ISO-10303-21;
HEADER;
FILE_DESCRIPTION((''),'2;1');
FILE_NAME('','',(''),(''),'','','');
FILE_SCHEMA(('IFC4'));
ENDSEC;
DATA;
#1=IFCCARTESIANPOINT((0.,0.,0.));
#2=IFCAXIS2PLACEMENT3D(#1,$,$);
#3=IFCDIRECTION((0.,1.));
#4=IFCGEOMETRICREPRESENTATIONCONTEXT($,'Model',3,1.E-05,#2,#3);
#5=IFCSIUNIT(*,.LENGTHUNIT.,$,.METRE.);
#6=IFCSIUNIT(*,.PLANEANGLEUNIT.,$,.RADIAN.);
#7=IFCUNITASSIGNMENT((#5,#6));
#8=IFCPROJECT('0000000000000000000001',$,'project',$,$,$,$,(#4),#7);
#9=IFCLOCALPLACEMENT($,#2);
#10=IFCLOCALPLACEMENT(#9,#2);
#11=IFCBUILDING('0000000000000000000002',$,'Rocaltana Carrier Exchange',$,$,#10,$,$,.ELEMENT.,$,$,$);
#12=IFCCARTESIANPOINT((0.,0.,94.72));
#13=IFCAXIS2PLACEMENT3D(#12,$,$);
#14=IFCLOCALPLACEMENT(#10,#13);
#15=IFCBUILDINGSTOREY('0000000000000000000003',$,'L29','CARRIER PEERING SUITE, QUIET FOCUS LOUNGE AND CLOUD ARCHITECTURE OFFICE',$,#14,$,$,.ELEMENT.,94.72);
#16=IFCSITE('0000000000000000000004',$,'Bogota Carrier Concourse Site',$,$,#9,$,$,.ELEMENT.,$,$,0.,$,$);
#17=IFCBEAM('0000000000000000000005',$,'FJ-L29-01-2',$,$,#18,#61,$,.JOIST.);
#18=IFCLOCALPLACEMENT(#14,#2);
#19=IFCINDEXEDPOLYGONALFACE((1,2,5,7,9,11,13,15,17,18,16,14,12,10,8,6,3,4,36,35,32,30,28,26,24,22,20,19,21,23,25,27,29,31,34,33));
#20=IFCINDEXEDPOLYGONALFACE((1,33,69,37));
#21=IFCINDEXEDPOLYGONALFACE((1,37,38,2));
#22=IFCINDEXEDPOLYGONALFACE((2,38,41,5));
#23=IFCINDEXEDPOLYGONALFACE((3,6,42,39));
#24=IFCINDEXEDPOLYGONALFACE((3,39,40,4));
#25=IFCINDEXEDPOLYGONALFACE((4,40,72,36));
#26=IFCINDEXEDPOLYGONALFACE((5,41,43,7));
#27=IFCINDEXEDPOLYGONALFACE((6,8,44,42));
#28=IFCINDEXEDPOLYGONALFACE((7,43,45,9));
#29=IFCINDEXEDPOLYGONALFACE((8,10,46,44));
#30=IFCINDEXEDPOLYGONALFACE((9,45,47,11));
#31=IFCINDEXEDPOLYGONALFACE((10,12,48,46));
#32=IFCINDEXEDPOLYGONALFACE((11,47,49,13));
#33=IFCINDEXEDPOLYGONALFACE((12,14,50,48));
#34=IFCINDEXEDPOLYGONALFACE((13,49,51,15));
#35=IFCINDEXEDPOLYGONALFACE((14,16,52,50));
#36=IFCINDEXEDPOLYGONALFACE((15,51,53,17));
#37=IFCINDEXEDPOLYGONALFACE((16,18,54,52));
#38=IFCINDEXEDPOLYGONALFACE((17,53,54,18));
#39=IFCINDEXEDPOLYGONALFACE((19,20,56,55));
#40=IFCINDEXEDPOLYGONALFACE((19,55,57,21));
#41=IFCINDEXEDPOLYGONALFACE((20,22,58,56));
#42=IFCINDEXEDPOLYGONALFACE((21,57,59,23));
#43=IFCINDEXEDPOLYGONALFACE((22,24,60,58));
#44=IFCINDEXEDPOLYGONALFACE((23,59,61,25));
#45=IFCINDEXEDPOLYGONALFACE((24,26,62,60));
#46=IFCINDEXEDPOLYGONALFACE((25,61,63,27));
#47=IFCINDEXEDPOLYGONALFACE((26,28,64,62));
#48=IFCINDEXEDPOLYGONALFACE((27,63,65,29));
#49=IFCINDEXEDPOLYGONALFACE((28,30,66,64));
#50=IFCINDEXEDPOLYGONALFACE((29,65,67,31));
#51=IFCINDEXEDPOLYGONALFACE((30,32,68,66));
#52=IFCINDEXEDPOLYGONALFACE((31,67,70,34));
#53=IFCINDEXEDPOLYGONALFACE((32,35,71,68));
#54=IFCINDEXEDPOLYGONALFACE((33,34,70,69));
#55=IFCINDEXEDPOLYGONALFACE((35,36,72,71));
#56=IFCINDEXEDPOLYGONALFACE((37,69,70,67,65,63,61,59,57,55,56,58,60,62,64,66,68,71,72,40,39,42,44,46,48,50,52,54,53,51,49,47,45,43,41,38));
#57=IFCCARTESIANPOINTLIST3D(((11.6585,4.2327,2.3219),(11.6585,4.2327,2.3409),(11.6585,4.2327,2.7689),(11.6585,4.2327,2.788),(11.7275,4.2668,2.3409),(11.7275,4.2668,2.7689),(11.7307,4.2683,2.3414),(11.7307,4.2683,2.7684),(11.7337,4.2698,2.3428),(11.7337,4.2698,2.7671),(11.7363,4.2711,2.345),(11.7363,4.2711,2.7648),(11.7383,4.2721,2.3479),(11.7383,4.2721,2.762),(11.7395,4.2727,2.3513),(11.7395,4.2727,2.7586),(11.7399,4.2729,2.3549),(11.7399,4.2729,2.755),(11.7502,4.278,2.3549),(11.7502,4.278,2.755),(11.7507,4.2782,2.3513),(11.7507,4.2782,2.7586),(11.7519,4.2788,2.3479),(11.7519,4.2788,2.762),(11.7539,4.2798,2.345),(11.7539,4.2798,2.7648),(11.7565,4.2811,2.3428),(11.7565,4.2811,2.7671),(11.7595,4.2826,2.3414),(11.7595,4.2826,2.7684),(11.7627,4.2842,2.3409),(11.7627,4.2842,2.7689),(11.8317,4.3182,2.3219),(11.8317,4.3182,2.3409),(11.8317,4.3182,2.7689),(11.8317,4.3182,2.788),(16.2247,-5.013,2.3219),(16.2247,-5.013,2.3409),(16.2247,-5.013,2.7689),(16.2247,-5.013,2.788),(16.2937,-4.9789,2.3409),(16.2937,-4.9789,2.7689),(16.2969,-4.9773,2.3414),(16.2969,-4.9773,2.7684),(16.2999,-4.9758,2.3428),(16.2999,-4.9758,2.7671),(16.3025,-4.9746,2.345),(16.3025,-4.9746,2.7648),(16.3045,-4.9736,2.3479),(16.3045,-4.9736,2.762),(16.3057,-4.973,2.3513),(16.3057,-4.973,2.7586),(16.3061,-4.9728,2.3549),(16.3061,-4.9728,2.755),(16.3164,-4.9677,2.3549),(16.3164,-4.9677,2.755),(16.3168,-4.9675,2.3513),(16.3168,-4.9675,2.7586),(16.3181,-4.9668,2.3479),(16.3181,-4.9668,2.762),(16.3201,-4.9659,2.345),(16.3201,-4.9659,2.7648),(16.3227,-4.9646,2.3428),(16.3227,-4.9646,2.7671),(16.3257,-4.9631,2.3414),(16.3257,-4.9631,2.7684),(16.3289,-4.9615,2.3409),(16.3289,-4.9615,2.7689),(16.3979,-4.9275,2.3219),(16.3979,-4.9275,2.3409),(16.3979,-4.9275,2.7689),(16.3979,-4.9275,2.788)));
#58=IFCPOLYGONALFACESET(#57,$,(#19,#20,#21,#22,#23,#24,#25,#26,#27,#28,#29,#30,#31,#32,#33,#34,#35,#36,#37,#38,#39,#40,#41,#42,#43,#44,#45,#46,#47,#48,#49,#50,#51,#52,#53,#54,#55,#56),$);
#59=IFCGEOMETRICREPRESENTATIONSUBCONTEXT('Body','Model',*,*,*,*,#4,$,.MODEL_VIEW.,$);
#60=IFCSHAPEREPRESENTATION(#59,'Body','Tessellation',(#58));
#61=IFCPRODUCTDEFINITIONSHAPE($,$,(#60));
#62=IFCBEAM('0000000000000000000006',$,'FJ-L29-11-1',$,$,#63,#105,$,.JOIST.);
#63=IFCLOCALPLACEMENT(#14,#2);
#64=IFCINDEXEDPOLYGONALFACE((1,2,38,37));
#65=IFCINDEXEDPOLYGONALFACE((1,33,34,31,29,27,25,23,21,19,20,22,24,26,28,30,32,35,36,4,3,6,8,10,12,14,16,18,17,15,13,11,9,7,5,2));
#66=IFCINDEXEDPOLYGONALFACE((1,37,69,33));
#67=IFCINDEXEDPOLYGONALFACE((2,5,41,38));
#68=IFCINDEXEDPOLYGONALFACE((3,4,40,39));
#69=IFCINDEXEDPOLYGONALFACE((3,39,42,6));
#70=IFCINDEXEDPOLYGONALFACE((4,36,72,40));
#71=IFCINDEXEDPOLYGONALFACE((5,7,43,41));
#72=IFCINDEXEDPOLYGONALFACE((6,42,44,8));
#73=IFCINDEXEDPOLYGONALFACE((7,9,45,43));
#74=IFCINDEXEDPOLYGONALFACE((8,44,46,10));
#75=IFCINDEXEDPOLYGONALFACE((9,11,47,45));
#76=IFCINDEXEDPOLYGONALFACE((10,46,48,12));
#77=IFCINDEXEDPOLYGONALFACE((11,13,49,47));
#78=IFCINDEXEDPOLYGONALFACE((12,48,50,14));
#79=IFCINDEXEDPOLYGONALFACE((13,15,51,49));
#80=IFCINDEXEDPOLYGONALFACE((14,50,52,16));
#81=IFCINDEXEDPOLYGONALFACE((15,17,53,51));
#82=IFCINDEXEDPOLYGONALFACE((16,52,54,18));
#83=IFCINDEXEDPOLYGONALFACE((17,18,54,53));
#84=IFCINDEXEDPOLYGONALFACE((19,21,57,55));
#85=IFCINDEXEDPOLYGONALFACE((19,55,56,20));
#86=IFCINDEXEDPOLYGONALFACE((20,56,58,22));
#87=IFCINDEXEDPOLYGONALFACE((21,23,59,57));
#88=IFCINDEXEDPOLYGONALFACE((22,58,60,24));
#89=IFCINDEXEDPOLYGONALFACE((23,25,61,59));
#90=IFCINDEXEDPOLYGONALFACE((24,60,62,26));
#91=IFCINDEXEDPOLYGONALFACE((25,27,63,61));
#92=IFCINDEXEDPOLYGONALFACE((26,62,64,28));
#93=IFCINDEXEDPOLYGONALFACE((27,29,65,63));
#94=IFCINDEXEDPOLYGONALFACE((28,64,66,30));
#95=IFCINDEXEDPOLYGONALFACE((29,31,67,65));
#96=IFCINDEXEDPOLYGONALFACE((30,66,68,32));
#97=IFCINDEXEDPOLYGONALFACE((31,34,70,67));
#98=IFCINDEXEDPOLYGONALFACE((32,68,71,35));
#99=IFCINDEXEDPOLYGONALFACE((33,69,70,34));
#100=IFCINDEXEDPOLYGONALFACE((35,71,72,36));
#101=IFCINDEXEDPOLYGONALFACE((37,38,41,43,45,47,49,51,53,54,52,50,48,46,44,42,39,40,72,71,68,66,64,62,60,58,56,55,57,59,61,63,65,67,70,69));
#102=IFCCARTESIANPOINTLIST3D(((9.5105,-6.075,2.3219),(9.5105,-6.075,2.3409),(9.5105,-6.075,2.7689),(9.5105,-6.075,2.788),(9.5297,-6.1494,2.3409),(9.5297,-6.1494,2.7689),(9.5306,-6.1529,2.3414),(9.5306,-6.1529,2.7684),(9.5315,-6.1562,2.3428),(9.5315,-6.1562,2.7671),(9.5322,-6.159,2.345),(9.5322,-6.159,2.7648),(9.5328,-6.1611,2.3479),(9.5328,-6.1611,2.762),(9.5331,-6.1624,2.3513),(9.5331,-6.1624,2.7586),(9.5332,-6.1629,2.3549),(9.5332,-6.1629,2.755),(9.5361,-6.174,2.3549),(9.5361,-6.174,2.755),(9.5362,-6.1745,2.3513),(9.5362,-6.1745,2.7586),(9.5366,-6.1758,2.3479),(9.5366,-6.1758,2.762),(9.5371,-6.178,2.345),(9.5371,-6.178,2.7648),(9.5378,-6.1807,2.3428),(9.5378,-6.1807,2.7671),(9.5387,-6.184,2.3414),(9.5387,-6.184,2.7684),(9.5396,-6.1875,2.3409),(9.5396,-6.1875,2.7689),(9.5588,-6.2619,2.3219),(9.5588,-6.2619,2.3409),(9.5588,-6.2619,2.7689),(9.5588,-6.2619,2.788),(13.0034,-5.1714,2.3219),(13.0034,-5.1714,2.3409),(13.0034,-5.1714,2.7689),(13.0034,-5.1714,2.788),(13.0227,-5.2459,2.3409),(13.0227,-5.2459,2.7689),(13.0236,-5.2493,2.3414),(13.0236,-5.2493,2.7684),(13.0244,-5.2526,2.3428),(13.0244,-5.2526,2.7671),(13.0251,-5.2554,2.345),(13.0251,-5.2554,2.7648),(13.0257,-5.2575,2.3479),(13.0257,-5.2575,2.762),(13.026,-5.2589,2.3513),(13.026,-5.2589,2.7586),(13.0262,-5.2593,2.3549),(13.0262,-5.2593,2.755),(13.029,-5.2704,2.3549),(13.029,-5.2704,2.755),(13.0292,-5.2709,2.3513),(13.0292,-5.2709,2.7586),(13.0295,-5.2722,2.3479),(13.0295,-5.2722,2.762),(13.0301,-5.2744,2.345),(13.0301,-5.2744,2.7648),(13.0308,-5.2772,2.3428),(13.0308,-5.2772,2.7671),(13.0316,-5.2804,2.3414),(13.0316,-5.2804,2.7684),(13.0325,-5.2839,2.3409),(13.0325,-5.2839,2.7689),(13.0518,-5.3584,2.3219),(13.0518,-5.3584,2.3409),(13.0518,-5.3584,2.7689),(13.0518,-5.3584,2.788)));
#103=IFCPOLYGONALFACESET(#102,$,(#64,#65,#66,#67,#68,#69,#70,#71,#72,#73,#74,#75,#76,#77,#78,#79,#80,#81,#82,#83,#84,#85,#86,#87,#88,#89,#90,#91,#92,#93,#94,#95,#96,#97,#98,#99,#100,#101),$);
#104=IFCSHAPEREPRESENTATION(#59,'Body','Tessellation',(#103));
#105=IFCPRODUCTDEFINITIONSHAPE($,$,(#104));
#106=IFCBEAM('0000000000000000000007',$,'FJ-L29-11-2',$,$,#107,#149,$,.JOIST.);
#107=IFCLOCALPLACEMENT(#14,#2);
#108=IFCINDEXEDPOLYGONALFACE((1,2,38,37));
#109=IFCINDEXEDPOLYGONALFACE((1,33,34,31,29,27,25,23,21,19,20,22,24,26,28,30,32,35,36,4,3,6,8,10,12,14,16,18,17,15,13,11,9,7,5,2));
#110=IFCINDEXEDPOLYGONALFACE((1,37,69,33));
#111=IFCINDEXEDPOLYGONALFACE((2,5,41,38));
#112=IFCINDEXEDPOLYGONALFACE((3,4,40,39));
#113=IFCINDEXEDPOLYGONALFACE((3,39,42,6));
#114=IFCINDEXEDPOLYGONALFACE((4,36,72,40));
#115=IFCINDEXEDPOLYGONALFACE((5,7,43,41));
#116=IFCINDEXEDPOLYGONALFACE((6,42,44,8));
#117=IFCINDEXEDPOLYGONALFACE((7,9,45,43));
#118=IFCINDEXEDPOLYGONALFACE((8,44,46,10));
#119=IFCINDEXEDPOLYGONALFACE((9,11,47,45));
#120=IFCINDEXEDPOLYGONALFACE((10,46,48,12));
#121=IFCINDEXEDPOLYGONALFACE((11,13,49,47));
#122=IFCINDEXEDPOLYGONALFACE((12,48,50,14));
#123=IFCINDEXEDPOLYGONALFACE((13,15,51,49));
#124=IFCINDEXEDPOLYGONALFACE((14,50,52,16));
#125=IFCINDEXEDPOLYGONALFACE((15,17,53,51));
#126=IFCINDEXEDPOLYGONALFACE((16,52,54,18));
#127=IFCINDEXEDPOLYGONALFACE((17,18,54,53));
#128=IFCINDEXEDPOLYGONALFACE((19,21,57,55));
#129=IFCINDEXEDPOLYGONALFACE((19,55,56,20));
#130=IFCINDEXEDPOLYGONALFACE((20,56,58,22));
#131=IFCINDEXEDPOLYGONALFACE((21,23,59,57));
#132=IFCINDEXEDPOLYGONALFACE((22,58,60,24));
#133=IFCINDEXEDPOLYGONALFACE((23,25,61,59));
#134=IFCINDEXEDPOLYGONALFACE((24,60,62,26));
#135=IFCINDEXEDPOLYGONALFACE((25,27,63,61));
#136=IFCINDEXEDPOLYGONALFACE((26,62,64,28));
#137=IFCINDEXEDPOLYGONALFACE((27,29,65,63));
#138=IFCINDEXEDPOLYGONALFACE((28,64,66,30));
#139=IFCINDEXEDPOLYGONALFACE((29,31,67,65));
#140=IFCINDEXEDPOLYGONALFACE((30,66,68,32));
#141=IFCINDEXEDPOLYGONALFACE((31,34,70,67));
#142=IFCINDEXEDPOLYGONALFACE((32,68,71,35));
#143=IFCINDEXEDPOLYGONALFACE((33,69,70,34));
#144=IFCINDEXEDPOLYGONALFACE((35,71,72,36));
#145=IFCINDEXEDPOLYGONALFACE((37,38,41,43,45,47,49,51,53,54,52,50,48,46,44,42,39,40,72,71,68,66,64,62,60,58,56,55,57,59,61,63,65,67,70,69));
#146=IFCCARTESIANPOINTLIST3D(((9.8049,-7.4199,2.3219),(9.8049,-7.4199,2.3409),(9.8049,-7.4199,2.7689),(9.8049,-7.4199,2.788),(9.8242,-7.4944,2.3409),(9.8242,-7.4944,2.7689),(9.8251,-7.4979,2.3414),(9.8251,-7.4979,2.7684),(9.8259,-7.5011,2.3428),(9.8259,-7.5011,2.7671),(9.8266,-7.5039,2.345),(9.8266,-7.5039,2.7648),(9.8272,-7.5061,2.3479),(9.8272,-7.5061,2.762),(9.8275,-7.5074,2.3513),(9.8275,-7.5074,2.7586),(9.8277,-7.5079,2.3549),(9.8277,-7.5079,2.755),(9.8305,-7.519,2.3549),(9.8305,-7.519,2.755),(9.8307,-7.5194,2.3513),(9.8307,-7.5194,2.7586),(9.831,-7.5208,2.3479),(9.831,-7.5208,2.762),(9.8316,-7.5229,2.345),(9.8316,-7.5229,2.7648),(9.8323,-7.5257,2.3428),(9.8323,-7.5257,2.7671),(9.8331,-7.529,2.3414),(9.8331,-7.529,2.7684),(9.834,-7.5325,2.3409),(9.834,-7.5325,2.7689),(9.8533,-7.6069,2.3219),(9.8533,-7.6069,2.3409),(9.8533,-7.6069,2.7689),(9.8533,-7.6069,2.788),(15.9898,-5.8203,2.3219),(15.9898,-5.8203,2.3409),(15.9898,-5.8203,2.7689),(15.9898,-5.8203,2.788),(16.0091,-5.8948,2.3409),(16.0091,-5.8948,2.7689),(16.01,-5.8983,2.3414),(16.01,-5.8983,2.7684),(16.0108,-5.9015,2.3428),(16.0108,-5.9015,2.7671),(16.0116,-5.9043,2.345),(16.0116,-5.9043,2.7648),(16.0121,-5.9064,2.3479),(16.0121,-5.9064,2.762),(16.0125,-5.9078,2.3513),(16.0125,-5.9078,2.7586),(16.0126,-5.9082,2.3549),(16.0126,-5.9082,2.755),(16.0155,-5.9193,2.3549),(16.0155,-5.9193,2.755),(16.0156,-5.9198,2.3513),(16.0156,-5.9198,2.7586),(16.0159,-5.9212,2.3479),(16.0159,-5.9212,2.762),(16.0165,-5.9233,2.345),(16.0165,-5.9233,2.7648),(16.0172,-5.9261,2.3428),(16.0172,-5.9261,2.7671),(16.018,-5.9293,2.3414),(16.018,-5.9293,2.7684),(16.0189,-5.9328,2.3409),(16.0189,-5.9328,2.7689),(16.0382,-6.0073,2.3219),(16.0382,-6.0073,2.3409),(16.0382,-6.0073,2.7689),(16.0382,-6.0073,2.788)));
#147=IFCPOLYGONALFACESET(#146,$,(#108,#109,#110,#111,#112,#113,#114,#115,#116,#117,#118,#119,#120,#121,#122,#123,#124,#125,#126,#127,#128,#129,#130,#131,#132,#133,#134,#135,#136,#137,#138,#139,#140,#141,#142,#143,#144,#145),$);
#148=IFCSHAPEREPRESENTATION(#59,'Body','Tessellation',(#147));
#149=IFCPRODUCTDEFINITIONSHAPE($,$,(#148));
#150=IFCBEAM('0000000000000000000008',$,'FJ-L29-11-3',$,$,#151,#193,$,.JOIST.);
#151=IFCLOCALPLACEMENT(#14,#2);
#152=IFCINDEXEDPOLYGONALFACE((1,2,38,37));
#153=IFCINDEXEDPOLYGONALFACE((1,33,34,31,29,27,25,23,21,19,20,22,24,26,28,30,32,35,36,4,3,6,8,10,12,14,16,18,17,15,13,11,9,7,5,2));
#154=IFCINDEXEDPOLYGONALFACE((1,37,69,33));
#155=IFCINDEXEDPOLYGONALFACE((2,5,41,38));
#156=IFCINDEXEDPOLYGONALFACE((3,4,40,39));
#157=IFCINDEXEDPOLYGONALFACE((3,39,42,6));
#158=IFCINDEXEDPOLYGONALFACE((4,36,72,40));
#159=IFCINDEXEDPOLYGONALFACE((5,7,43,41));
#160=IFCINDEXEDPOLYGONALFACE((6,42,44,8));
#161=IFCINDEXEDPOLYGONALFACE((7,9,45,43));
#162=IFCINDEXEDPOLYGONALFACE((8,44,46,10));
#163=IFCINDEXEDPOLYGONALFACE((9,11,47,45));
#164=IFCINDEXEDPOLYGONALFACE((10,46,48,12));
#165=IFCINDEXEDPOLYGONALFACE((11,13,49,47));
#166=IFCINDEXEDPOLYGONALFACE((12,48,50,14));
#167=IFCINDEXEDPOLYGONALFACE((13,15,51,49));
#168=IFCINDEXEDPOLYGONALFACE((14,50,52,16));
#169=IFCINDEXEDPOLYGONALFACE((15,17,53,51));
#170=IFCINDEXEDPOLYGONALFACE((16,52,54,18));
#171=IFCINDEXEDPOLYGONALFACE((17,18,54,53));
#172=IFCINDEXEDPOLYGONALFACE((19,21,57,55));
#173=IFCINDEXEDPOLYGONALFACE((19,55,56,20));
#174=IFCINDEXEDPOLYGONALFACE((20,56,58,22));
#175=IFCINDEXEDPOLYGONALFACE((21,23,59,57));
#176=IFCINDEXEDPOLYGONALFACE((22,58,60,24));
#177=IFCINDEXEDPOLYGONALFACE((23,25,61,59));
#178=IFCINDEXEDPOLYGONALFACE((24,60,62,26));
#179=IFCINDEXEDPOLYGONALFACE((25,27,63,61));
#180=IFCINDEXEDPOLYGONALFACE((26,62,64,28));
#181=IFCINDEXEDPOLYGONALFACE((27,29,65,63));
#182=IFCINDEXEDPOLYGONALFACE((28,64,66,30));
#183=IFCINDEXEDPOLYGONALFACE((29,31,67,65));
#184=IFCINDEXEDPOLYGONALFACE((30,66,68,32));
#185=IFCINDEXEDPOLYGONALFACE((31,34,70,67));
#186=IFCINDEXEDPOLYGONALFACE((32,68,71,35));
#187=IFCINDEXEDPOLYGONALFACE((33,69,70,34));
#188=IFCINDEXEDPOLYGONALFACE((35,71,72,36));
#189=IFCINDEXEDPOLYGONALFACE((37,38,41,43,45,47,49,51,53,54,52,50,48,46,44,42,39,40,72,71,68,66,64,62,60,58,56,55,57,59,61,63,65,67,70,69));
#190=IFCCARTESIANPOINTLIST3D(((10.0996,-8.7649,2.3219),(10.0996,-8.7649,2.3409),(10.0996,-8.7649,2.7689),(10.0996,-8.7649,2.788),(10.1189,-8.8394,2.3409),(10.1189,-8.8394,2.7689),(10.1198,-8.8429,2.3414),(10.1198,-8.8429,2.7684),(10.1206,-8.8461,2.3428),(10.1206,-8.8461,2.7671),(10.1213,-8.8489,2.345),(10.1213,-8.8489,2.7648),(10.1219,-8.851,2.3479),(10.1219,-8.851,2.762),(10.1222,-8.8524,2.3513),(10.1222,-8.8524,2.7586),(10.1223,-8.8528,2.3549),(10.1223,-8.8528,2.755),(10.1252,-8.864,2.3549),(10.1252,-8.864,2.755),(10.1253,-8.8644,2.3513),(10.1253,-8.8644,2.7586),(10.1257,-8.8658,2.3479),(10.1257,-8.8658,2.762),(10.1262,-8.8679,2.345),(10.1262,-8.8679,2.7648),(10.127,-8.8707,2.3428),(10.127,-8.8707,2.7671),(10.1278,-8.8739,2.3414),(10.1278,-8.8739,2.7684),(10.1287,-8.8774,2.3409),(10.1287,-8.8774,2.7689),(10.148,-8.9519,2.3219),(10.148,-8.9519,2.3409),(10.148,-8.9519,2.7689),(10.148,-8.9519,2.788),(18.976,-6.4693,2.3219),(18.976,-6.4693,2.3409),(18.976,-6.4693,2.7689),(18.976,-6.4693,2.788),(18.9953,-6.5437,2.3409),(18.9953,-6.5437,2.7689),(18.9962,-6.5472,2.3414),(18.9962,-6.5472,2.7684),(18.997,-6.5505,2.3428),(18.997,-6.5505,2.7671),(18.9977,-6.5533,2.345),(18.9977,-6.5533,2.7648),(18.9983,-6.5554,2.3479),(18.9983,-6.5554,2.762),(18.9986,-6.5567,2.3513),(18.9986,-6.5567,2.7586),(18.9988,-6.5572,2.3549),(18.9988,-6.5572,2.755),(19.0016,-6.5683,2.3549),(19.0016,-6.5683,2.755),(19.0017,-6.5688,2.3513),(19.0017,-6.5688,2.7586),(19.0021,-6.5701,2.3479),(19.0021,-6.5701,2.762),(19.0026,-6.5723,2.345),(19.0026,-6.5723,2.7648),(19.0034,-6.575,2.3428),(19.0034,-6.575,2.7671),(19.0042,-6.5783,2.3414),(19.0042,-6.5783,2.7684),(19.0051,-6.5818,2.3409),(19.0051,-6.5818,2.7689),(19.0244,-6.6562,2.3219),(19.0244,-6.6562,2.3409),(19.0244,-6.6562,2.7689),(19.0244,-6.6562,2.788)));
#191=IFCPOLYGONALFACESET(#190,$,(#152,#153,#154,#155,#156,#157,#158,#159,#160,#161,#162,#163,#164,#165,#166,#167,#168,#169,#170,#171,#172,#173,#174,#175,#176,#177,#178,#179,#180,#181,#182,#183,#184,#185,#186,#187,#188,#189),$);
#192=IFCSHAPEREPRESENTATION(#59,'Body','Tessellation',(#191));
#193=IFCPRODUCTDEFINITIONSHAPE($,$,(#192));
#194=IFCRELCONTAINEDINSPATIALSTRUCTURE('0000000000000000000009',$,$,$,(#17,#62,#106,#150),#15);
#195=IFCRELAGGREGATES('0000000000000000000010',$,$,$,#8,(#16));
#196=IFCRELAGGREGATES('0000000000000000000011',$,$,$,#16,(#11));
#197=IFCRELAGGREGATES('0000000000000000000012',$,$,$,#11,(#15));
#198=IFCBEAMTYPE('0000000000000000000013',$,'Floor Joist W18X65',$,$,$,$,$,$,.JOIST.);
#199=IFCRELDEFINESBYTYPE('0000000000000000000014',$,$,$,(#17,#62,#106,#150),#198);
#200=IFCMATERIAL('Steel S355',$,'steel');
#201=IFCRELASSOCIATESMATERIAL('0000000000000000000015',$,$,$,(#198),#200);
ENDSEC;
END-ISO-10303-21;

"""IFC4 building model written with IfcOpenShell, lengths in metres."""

from ifc_helpers import new_model, si_unit, direction, frame, origin, origin_2d, place, context, subcontext, project, spatial, i_section, extrude, material, material_profile, profile_set, type_object, element, save


model = new_model("IFC4")

# Units and contexts
model_context = context("Model", 3, precision=1e-05, world=origin(), true_north=direction((0.0, 1.0)))
body_context = subcontext(model_context, "Body", "Model", "MODEL_VIEW")
ifc_project = project(units=[si_unit("LENGTHUNIT", "METRE"), si_unit("PLANEANGLEUNIT", "RADIAN")], contexts=[model_context])

# Site, building, storey
site_placement = place(None, origin())
site = spatial("IfcSite", under=ifc_project, at=site_placement, Name="Bogota Carrier Concourse Site", CompositionType="ELEMENT", RefElevation=0.0)
building_placement = place(site_placement, origin())
building = spatial("IfcBuilding", under=site, at=building_placement, Name="Rocaltana Carrier Exchange", CompositionType="ELEMENT")
storey_placement = place(building_placement, frame((0.0, 0.0, 94.72)))
storey = spatial("IfcBuildingStorey", under=building, at=storey_placement, Name="L29", Description="CARRIER PEERING SUITE, QUIET FOCUS LOUNGE AND CLOUD ARCHITECTURE OFFICE", CompositionType="ELEMENT", Elevation=94.72)

# Beams
ifc_material_1 = material(Name="Steel S355", Category="steel")
ifc_material_profile_1 = material_profile(ifc_material_1, i_section(OverallWidth=0.1931, OverallDepth=0.4661, WebThickness=0.0115, FlangeThickness=0.019, FilletRadius=0.0139, at=origin_2d()), Name="W18X65")
ifc_profile_set_1 = profile_set([ifc_material_profile_1], Name="Steel S355")
beam_type_1 = type_object("IfcBeamType", Name="Floor Joist W18X65", PredefinedType="JOIST", material=ifc_profile_set_1)
beam_1_placement = place(storey_placement, frame((16.3113, -4.9702, 2.5549), z_axis=(-0.442814, 0.896614, 0.0), x_axis=(-0.896614, -0.442814, 0.0)))
element("IfcBeam", 1, at=beam_1_placement, inside=storey, type_object=beam_type_1, Name="FJ-L29-01-2", PredefinedType="JOIST", context=body_context, shape_type="SweptSolid", body=[
    extrude(i_section(OverallWidth=0.1931, OverallDepth=0.4661, WebThickness=0.0115, FlangeThickness=0.019, FilletRadius=0.0139, at=origin_2d()), origin(), (0.0, 0.0, 1.0), 10.3118),
])
beam_2_placement = place(storey_placement, frame((9.5347, -6.1685, 2.5549), z_axis=(0.968132, 0.250441, 0.0), x_axis=(-0.250441, 0.968132, 0.0)))
element("IfcBeam", 2, at=beam_2_placement, inside=storey, type_object=beam_type_1, Name="FJ-L29-11-1", PredefinedType="JOIST", context=body_context, shape_type="SweptSolid", body=[
    extrude(i_section(OverallWidth=0.1931, OverallDepth=0.4661, WebThickness=0.0115, FlangeThickness=0.019, FilletRadius=0.0139, at=origin_2d()), origin(), (0.0, 0.0, 1.0), 3.6079),
])
beam_3_placement = place(storey_placement, frame((9.8291, -7.5134, 2.5549), z_axis=(0.968144, 0.250396, 0.0), x_axis=(-0.250396, 0.968144, 0.0)))
element("IfcBeam", 3, at=beam_3_placement, inside=storey, type_object=beam_type_1, Name="FJ-L29-11-2", PredefinedType="JOIST", context=body_context, shape_type="SweptSolid", body=[
    extrude(i_section(OverallWidth=0.1931, OverallDepth=0.4661, WebThickness=0.0115, FlangeThickness=0.019, FilletRadius=0.0139, at=origin_2d()), origin(), (0.0, 0.0, 1.0), 6.3884),
])
beam_4_placement = place(storey_placement, frame((10.1238, -8.8584, 2.5549), z_axis=(0.968146, 0.250385, 0.0), x_axis=(-0.250385, 0.968146, 0.0)))
element("IfcBeam", 4, at=beam_4_placement, inside=storey, type_object=beam_type_1, Name="FJ-L29-11-3", PredefinedType="JOIST", context=body_context, shape_type="SweptSolid", body=[
    extrude(i_section(OverallWidth=0.1931, OverallDepth=0.4661, WebThickness=0.0115, FlangeThickness=0.019, FilletRadius=0.0139, at=origin_2d()), origin(), (0.0, 0.0, 1.0), 9.1685),
])

save(model, "model.ifc")
